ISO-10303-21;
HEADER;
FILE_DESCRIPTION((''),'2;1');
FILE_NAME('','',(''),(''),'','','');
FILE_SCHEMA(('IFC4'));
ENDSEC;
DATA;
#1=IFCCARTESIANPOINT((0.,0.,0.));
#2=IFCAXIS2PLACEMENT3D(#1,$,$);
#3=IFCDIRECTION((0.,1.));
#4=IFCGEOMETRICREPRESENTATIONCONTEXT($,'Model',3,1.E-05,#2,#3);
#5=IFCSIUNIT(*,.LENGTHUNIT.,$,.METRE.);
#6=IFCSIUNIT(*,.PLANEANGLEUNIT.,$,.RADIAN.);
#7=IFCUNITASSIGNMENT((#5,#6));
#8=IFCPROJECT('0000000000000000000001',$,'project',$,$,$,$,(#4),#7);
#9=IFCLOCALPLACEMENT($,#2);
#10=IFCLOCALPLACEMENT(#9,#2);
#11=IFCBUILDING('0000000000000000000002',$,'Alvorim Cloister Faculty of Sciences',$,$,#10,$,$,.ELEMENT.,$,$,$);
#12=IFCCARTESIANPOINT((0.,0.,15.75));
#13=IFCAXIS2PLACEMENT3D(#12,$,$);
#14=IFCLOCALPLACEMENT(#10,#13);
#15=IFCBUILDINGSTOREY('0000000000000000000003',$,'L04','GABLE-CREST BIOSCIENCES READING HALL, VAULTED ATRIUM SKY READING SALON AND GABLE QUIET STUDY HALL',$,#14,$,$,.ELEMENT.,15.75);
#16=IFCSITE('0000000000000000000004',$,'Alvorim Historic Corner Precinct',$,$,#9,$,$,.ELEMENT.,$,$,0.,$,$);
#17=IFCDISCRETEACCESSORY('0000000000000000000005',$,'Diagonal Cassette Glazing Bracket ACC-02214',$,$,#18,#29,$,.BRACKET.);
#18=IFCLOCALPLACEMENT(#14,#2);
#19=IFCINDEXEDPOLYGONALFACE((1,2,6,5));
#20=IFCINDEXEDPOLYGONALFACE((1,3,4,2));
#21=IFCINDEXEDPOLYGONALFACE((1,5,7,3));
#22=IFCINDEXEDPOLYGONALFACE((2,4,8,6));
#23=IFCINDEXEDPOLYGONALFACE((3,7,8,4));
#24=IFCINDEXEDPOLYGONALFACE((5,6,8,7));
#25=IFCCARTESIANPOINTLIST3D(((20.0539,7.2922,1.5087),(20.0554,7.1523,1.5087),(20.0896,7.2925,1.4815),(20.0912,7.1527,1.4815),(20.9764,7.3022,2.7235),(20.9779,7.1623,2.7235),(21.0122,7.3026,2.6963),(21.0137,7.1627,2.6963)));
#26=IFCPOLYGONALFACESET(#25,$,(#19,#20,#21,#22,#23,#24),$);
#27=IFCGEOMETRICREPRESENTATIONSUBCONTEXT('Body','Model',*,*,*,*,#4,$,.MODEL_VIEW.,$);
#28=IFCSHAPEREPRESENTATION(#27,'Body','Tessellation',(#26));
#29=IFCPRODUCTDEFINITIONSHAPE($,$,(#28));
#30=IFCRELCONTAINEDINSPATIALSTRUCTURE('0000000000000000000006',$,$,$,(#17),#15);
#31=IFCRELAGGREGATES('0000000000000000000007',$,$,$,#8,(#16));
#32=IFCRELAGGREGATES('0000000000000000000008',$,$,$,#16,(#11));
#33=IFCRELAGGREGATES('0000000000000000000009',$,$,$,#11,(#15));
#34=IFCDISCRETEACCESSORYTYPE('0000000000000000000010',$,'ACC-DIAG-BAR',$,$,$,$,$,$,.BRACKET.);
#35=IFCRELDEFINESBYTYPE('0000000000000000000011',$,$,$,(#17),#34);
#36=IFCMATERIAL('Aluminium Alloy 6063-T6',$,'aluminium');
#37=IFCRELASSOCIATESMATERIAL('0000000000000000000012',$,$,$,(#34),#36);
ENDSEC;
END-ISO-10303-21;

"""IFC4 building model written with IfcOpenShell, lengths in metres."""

from ifc_helpers import new_model, si_unit, direction, frame, origin, origin_2d, place, context, subcontext, project, spatial, rectangle, extrude, material, type_object, element, save


model = new_model("IFC4")

# Units and contexts
model_context = context("Model", 3, precision=1e-05, world=origin(), true_north=direction((0.0, 1.0)))
body_context = subcontext(model_context, "Body", "Model", "MODEL_VIEW")
ifc_project = project(units=[si_unit("LENGTHUNIT", "METRE"), si_unit("PLANEANGLEUNIT", "RADIAN")], contexts=[model_context])

# Site, building, storey
site_placement = place(None, origin())
site = spatial("IfcSite", under=ifc_project, at=site_placement, Name="Alvorim Historic Corner Precinct", CompositionType="ELEMENT", RefElevation=0.0)
building_placement = place(site_placement, origin())
building = spatial("IfcBuilding", under=site, at=building_placement, Name="Alvorim Cloister Faculty of Sciences", CompositionType="ELEMENT")
storey_placement = place(building_placement, frame((0.0, 0.0, 15.75)))
storey = spatial("IfcBuildingStorey", under=building, at=storey_placement, Name="L04", Description="GABLE-CREST BIOSCIENCES READING HALL, VAULTED ATRIUM SKY READING SALON AND GABLE QUIET STUDY HALL", CompositionType="ELEMENT", Elevation=15.75)

# Discrete accessory
ifc_material_1 = material(Name="Aluminium Alloy 6063-T6", Category="aluminium")
discrete_accessory_type = type_object("IfcDiscreteAccessoryType", Name="ACC-DIAG-BAR", PredefinedType="BRACKET", material=ifc_material_1)
discrete_accessory_1_placement = place(storey_placement, frame((20.0725, 7.2224, 1.4951), z_axis=(0.60479, 0.006562, 0.796358), x_axis=(-0.010849, 0.999941, 0.0)))
element("IfcDiscreteAccessory", 1, at=discrete_accessory_1_placement, inside=storey, type_object=discrete_accessory_type, Name="Diagonal Cassette Glazing Bracket ACC-02214", PredefinedType="BRACKET", context=body_context, shape_type="SweptSolid", body=[
    extrude(rectangle(XDim=0.1399, YDim=0.0449, at=origin_2d()), origin(), (0.0, 0.0, 1.0), 1.5254),
])

save(model, "model.ifc")
